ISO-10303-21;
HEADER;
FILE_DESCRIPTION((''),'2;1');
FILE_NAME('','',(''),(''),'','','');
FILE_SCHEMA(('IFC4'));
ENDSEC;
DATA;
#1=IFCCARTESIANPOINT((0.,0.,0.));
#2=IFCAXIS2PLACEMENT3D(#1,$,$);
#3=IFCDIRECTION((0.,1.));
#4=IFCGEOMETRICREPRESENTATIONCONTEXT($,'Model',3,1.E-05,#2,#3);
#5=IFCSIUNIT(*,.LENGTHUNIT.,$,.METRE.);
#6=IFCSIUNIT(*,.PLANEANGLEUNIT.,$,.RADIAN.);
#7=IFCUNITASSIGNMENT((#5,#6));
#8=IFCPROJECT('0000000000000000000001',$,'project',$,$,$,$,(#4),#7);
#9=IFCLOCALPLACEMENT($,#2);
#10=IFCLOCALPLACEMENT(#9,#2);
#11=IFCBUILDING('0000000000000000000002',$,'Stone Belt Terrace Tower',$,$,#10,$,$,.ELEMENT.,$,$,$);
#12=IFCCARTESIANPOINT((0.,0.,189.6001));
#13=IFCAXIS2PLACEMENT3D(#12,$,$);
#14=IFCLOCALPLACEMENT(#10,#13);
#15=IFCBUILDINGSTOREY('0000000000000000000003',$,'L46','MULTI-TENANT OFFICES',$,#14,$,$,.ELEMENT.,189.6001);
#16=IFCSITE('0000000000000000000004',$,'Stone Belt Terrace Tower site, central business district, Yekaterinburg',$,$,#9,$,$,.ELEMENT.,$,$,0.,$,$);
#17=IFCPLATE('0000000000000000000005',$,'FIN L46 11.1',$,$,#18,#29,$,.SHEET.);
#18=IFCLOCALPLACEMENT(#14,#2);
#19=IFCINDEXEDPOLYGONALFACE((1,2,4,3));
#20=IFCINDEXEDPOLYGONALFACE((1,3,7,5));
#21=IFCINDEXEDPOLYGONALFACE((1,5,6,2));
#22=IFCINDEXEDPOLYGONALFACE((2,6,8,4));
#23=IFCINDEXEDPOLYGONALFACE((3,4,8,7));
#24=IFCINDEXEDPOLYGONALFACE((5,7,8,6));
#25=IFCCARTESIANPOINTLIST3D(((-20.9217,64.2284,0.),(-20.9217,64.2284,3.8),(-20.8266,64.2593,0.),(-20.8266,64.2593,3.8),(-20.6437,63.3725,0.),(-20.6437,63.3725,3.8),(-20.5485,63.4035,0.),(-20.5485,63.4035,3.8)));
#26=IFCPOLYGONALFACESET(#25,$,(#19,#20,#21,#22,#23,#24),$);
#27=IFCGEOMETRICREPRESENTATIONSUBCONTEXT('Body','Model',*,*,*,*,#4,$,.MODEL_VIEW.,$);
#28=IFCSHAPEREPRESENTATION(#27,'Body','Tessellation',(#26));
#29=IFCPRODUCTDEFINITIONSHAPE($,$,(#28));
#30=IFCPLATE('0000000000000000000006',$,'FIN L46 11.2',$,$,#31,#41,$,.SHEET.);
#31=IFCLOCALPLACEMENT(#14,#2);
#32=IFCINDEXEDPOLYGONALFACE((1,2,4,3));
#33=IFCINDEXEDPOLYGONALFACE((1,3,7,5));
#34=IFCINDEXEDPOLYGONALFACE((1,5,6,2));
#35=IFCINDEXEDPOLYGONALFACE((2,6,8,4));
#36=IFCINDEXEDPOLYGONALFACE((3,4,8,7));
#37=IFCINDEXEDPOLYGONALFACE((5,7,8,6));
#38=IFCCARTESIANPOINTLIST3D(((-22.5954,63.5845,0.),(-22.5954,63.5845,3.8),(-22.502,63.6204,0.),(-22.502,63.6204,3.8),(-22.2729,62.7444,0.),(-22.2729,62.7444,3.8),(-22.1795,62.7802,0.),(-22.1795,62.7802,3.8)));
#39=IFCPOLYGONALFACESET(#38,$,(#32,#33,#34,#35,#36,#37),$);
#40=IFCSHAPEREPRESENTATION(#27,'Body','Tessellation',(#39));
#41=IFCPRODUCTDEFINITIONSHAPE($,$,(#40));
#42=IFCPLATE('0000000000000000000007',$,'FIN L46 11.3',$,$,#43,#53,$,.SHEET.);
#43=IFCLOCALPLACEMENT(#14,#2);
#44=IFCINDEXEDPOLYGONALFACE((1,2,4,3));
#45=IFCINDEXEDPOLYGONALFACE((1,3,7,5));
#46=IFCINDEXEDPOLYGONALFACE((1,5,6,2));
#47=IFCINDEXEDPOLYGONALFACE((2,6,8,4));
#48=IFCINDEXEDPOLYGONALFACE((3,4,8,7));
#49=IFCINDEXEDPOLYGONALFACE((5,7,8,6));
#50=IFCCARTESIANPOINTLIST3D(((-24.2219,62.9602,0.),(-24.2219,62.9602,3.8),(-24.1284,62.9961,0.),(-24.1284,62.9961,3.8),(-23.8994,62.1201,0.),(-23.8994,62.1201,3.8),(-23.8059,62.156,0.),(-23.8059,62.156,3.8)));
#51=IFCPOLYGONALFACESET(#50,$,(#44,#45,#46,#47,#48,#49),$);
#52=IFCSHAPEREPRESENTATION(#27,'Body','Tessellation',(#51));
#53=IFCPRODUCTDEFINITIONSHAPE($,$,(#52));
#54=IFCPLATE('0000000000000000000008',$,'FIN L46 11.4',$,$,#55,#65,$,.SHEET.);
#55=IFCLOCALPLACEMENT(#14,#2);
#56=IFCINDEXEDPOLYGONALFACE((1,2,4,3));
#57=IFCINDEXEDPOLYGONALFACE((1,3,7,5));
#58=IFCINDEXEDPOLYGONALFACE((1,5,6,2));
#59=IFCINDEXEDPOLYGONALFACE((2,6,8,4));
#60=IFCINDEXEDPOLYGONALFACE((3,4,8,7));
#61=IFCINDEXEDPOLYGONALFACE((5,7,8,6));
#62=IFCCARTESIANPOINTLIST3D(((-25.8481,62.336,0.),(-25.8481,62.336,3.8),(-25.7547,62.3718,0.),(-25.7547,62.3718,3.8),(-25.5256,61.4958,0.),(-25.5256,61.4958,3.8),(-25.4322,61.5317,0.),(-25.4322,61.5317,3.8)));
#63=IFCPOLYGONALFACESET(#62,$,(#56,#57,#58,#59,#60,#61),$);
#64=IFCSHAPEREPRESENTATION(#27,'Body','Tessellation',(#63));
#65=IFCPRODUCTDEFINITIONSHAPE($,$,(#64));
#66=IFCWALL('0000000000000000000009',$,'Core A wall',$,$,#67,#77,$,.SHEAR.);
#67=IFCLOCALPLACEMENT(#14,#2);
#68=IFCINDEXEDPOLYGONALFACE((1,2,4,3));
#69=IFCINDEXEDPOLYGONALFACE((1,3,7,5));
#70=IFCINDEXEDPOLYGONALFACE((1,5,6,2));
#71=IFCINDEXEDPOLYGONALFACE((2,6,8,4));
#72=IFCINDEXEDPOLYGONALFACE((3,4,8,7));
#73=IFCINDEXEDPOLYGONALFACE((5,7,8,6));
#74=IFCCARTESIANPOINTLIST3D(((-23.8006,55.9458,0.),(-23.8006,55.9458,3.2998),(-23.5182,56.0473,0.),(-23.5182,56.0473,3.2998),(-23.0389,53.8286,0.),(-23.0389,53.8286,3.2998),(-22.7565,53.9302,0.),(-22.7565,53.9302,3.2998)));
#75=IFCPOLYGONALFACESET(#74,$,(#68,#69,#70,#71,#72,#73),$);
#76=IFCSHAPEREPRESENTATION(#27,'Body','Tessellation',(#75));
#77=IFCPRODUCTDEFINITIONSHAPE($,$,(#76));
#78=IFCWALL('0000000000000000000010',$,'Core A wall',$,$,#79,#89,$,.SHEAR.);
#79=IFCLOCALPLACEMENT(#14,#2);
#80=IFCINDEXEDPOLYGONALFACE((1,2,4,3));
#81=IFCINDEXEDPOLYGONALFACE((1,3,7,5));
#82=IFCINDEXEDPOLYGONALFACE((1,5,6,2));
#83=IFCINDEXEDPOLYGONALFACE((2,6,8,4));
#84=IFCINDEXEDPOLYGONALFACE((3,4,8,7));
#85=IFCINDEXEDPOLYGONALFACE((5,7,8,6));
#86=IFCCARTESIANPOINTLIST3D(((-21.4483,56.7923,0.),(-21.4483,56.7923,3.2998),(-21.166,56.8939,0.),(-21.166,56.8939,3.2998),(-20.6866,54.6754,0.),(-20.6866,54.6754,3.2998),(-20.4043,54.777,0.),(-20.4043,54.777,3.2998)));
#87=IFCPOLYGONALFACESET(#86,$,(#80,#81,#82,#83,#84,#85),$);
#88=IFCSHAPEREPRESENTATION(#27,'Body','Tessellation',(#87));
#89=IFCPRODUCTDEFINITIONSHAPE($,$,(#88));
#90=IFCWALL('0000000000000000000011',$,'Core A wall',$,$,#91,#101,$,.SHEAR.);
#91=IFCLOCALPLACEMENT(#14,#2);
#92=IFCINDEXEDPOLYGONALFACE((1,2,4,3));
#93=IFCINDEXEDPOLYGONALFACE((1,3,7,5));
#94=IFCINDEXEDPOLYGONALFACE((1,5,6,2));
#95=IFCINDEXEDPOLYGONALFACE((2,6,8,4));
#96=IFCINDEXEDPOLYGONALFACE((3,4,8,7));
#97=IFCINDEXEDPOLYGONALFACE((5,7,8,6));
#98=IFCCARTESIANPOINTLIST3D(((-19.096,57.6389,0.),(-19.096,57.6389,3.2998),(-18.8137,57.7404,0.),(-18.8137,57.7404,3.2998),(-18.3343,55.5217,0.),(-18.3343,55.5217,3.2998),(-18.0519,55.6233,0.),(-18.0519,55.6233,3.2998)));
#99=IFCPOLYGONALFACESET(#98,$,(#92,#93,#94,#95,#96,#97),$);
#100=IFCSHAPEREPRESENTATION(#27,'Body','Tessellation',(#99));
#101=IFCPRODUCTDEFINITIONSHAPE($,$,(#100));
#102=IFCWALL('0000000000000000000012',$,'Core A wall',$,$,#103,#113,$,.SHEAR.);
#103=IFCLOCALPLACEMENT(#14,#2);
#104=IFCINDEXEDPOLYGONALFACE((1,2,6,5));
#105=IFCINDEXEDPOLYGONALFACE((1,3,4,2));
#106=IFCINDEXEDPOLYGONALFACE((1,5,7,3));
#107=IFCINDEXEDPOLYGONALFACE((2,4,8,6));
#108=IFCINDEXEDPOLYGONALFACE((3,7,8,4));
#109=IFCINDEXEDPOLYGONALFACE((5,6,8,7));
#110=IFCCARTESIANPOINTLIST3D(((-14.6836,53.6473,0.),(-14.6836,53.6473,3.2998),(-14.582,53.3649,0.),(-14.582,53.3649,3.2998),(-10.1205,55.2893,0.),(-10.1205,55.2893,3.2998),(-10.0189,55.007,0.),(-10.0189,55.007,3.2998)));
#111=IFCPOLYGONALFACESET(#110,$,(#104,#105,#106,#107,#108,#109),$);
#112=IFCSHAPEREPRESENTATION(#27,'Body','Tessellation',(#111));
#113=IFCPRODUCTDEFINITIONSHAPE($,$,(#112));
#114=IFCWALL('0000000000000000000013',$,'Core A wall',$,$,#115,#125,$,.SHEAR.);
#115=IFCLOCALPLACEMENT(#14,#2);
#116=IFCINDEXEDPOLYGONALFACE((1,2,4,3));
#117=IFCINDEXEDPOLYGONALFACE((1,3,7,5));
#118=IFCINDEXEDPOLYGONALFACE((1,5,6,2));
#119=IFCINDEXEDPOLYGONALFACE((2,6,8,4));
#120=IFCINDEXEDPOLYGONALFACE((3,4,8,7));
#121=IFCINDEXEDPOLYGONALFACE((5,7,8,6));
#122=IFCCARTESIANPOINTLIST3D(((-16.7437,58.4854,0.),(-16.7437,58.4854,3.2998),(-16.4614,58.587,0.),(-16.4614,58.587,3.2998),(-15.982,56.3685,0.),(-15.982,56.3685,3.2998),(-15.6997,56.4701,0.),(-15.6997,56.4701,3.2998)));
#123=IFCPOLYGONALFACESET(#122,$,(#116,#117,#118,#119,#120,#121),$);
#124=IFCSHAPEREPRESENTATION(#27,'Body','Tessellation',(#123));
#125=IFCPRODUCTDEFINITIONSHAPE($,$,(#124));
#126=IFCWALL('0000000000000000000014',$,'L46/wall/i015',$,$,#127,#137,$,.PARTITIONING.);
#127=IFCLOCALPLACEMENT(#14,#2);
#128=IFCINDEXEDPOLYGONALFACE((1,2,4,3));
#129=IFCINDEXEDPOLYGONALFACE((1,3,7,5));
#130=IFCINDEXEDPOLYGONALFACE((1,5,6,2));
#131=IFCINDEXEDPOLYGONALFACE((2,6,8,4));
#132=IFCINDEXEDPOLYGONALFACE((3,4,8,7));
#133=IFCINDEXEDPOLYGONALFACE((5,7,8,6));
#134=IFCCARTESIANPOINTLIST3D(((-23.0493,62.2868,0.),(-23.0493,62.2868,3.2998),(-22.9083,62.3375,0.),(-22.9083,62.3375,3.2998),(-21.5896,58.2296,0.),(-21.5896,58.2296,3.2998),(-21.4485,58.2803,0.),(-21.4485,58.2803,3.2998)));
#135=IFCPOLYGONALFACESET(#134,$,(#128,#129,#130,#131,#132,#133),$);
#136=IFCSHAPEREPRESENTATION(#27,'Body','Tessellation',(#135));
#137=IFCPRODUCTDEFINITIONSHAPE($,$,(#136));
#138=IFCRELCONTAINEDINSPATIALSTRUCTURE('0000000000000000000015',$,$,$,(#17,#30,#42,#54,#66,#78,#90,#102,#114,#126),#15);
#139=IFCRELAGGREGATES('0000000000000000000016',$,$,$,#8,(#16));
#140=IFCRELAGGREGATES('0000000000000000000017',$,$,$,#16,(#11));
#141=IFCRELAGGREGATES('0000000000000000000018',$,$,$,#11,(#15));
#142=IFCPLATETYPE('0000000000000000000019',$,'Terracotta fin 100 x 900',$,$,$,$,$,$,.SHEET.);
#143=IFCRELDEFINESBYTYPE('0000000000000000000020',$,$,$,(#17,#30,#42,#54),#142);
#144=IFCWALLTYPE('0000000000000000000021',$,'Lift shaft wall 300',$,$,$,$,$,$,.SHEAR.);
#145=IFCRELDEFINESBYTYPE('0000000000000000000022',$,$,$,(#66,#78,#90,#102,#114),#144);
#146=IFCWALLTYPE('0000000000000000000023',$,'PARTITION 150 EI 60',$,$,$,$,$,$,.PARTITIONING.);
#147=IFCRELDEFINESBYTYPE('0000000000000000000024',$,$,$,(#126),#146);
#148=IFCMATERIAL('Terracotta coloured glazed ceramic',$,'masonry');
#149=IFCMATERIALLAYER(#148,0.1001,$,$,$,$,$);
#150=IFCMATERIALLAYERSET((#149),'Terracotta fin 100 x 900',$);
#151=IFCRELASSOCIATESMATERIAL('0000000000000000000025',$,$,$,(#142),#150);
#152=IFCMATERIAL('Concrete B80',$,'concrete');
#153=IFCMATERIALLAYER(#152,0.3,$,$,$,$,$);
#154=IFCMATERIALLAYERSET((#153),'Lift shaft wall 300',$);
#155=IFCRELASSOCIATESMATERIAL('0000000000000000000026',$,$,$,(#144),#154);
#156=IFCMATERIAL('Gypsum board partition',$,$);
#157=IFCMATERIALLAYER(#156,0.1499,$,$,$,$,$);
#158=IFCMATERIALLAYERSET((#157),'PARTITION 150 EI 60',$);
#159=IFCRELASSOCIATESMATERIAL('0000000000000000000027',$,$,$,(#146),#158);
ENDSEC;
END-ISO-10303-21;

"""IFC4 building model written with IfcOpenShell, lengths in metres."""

from ifc_helpers import new_model, si_unit, direction, frame, frame_2d, origin, origin_2d, place, context, subcontext, project, spatial, rectangle, extrude, material, layer, layer_set, type_object, element, save


model = new_model("IFC4")

# Units and contexts
model_context = context("Model", 3, precision=1e-05, world=origin(), true_north=direction((0.0, 1.0)))
body_context = subcontext(model_context, "Body", "Model", "MODEL_VIEW")
ifc_project = project(units=[si_unit("LENGTHUNIT", "METRE"), si_unit("PLANEANGLEUNIT", "RADIAN")], contexts=[model_context])

# Site, building, storey
site_placement = place(None, origin())
site = spatial("IfcSite", under=ifc_project, at=site_placement, Name="Stone Belt Terrace Tower site, central business district, Yekaterinburg", CompositionType="ELEMENT", RefElevation=0.0)
building_placement = place(site_placement, origin())
building = spatial("IfcBuilding", under=site, at=building_placement, Name="Stone Belt Terrace Tower", CompositionType="ELEMENT")
storey_placement = place(building_placement, frame((0.0, 0.0, 189.6001)))
storey = spatial("IfcBuildingStorey", under=building, at=storey_placement, Name="L46", Description="MULTI-TENANT OFFICES", CompositionType="ELEMENT", Elevation=189.6001)

# Shared definitions
ifc_material_1 = material(Name="Concrete B80", Category="concrete")

# Plates
ifc_material_2 = material(Name="Terracotta coloured glazed ceramic", Category="masonry")
ifc_layer_1 = layer(ifc_material_2, 0.1001)
ifc_layer_set_1 = layer_set([ifc_layer_1], Name="Terracotta fin 100 x 900")
plate_type_1 = type_object("IfcPlateType", Name="Terracotta fin 100 x 900", PredefinedType="SHEET", material=ifc_layer_set_1)
for number, where, z_axis, x_axis, name in (
    (1, (-20.7351, 63.8159, 0.0), (0.0, 0.0, 1.0), (-0.309017, 0.951057, 0.0), "FIN L46 11.1"),
    (2, (-22.3875, 63.1824, 0.0), (0.0, 0.0, 1.0), (-0.358368, 0.93358, 0.0), "FIN L46 11.2"),
    (3, (-24.0139, 62.5581, 0.0), (0.0, 0.0, 1.0), (-0.358368, 0.93358, 0.0), "FIN L46 11.3"),
    (4, (-25.6401, 61.9338, 0.0), (0.0, 0.0, 1.0), (-0.358368, 0.93358, 0.0), "FIN L46 11.4"),
):
    element("IfcPlate", number, at=place(storey_placement, frame(where, z_axis=z_axis, x_axis=x_axis)), inside=storey, type_object=plate_type_1, Name=name, PredefinedType="SHEET", context=body_context, shape_type="SweptSolid", body=[
        extrude(rectangle(XDim=0.8999, YDim=0.1001, at=origin_2d()), origin(), (0.0, 0.0, 1.0), 3.8),
    ])

# Walls
ifc_layer_2 = layer(ifc_material_1, 0.3)
ifc_layer_set_2 = layer_set([ifc_layer_2], Name="Lift shaft wall 300")
wall_type_1 = type_object("IfcWallType", Name="Lift shaft wall 300", PredefinedType="SHEAR", material=ifc_layer_set_2)
wall_1_placement = place(storey_placement, frame((-22.8977, 53.8794, 0.0), z_axis=(0.0, 0.0, 1.0), x_axis=(-0.338535, 0.940954, 0.0)))
element("IfcWall", 5, at=wall_1_placement, inside=storey, type_object=wall_type_1, Name="Core A wall", PredefinedType="SHEAR", context=body_context, shape_type="SweptSolid", body=[
    extrude(rectangle(XDim=2.25, YDim=0.3, at=frame_2d((1.125, 0.0))), origin(), (0.0, 0.0, 1.0), 3.2998),
])
wall_2_placement = place(storey_placement, frame((-20.5454, 54.7261, 0.0), z_axis=(0.0, 0.0, 1.0), x_axis=(-0.33857, 0.940941, 0.0)))
element("IfcWall", 6, at=wall_2_placement, inside=storey, type_object=wall_type_1, Name="Core A wall", PredefinedType="SHEAR", context=body_context, shape_type="SweptSolid", body=[
    extrude(rectangle(XDim=2.2498, YDim=0.3, at=frame_2d((1.125, 0.0))), origin(), (0.0, 0.0, 1.0), 3.2998),
])
wall_3_placement = place(storey_placement, frame((-18.1931, 55.5725, 0.0), z_axis=(0.0, 0.0, 1.0), x_axis=(-0.338535, 0.940954, 0.0)))
element("IfcWall", 7, at=wall_3_placement, inside=storey, type_object=wall_type_1, Name="Core A wall", PredefinedType="SHEAR", context=body_context, shape_type="SweptSolid", body=[
    extrude(rectangle(XDim=2.25, YDim=0.3, at=frame_2d((1.125, 0.0))), origin(), (0.0, 0.0, 1.0), 3.2998),
])
wall_4_placement = place(storey_placement, frame((-14.6328, 53.5061, 0.0), z_axis=(0.0, 0.0, 1.0), x_axis=(0.940932, 0.338596, 0.0)))
element("IfcWall", 8, at=wall_4_placement, inside=storey, type_object=wall_type_1, Name="Core A wall", PredefinedType="SHEAR", context=body_context, shape_type="SweptSolid", body=[
    extrude(rectangle(XDim=4.8496, YDim=0.3, at=frame_2d((2.4248, 0.0))), origin(), (0.0, 0.0, 1.0), 3.2998),
])
wall_5_placement = place(storey_placement, frame((-15.8408, 56.4192, 0.0), z_axis=(0.0, 0.0, 1.0), x_axis=(-0.33857, 0.940941, 0.0)))
element("IfcWall", 9, at=wall_5_placement, inside=storey, type_object=wall_type_1, Name="Core A wall", PredefinedType="SHEAR", context=body_context, shape_type="SweptSolid", body=[
    extrude(rectangle(XDim=2.2498, YDim=0.3, at=frame_2d((1.125, 0.0))), origin(), (0.0, 0.0, 1.0), 3.2998),
])
ifc_material_3 = material(Name="Gypsum board partition")
ifc_layer_3 = layer(ifc_material_3, 0.1499)
ifc_layer_set_3 = layer_set([ifc_layer_3], Name="PARTITION 150 EI 60")
wall_type_2 = type_object("IfcWallType", Name="PARTITION 150 EI 60", PredefinedType="PARTITIONING", material=ifc_layer_set_3)
wall_6_placement = place(storey_placement, frame((-22.9788, 62.312, 0.0), z_axis=(0.0, 0.0, 1.0), x_axis=(0.338545, -0.94095, 0.0)))
element("IfcWall", 10, at=wall_6_placement, inside=storey, type_object=wall_type_2, Name="L46/wall/i015", PredefinedType="PARTITIONING", context=body_context, shape_type="SweptSolid", body=[
    extrude(rectangle(XDim=4.3118, YDim=0.1499, at=frame_2d((2.1558, 0.0))), origin(), (0.0, 0.0, 1.0), 3.2998),
])

save(model, "model.ifc")
